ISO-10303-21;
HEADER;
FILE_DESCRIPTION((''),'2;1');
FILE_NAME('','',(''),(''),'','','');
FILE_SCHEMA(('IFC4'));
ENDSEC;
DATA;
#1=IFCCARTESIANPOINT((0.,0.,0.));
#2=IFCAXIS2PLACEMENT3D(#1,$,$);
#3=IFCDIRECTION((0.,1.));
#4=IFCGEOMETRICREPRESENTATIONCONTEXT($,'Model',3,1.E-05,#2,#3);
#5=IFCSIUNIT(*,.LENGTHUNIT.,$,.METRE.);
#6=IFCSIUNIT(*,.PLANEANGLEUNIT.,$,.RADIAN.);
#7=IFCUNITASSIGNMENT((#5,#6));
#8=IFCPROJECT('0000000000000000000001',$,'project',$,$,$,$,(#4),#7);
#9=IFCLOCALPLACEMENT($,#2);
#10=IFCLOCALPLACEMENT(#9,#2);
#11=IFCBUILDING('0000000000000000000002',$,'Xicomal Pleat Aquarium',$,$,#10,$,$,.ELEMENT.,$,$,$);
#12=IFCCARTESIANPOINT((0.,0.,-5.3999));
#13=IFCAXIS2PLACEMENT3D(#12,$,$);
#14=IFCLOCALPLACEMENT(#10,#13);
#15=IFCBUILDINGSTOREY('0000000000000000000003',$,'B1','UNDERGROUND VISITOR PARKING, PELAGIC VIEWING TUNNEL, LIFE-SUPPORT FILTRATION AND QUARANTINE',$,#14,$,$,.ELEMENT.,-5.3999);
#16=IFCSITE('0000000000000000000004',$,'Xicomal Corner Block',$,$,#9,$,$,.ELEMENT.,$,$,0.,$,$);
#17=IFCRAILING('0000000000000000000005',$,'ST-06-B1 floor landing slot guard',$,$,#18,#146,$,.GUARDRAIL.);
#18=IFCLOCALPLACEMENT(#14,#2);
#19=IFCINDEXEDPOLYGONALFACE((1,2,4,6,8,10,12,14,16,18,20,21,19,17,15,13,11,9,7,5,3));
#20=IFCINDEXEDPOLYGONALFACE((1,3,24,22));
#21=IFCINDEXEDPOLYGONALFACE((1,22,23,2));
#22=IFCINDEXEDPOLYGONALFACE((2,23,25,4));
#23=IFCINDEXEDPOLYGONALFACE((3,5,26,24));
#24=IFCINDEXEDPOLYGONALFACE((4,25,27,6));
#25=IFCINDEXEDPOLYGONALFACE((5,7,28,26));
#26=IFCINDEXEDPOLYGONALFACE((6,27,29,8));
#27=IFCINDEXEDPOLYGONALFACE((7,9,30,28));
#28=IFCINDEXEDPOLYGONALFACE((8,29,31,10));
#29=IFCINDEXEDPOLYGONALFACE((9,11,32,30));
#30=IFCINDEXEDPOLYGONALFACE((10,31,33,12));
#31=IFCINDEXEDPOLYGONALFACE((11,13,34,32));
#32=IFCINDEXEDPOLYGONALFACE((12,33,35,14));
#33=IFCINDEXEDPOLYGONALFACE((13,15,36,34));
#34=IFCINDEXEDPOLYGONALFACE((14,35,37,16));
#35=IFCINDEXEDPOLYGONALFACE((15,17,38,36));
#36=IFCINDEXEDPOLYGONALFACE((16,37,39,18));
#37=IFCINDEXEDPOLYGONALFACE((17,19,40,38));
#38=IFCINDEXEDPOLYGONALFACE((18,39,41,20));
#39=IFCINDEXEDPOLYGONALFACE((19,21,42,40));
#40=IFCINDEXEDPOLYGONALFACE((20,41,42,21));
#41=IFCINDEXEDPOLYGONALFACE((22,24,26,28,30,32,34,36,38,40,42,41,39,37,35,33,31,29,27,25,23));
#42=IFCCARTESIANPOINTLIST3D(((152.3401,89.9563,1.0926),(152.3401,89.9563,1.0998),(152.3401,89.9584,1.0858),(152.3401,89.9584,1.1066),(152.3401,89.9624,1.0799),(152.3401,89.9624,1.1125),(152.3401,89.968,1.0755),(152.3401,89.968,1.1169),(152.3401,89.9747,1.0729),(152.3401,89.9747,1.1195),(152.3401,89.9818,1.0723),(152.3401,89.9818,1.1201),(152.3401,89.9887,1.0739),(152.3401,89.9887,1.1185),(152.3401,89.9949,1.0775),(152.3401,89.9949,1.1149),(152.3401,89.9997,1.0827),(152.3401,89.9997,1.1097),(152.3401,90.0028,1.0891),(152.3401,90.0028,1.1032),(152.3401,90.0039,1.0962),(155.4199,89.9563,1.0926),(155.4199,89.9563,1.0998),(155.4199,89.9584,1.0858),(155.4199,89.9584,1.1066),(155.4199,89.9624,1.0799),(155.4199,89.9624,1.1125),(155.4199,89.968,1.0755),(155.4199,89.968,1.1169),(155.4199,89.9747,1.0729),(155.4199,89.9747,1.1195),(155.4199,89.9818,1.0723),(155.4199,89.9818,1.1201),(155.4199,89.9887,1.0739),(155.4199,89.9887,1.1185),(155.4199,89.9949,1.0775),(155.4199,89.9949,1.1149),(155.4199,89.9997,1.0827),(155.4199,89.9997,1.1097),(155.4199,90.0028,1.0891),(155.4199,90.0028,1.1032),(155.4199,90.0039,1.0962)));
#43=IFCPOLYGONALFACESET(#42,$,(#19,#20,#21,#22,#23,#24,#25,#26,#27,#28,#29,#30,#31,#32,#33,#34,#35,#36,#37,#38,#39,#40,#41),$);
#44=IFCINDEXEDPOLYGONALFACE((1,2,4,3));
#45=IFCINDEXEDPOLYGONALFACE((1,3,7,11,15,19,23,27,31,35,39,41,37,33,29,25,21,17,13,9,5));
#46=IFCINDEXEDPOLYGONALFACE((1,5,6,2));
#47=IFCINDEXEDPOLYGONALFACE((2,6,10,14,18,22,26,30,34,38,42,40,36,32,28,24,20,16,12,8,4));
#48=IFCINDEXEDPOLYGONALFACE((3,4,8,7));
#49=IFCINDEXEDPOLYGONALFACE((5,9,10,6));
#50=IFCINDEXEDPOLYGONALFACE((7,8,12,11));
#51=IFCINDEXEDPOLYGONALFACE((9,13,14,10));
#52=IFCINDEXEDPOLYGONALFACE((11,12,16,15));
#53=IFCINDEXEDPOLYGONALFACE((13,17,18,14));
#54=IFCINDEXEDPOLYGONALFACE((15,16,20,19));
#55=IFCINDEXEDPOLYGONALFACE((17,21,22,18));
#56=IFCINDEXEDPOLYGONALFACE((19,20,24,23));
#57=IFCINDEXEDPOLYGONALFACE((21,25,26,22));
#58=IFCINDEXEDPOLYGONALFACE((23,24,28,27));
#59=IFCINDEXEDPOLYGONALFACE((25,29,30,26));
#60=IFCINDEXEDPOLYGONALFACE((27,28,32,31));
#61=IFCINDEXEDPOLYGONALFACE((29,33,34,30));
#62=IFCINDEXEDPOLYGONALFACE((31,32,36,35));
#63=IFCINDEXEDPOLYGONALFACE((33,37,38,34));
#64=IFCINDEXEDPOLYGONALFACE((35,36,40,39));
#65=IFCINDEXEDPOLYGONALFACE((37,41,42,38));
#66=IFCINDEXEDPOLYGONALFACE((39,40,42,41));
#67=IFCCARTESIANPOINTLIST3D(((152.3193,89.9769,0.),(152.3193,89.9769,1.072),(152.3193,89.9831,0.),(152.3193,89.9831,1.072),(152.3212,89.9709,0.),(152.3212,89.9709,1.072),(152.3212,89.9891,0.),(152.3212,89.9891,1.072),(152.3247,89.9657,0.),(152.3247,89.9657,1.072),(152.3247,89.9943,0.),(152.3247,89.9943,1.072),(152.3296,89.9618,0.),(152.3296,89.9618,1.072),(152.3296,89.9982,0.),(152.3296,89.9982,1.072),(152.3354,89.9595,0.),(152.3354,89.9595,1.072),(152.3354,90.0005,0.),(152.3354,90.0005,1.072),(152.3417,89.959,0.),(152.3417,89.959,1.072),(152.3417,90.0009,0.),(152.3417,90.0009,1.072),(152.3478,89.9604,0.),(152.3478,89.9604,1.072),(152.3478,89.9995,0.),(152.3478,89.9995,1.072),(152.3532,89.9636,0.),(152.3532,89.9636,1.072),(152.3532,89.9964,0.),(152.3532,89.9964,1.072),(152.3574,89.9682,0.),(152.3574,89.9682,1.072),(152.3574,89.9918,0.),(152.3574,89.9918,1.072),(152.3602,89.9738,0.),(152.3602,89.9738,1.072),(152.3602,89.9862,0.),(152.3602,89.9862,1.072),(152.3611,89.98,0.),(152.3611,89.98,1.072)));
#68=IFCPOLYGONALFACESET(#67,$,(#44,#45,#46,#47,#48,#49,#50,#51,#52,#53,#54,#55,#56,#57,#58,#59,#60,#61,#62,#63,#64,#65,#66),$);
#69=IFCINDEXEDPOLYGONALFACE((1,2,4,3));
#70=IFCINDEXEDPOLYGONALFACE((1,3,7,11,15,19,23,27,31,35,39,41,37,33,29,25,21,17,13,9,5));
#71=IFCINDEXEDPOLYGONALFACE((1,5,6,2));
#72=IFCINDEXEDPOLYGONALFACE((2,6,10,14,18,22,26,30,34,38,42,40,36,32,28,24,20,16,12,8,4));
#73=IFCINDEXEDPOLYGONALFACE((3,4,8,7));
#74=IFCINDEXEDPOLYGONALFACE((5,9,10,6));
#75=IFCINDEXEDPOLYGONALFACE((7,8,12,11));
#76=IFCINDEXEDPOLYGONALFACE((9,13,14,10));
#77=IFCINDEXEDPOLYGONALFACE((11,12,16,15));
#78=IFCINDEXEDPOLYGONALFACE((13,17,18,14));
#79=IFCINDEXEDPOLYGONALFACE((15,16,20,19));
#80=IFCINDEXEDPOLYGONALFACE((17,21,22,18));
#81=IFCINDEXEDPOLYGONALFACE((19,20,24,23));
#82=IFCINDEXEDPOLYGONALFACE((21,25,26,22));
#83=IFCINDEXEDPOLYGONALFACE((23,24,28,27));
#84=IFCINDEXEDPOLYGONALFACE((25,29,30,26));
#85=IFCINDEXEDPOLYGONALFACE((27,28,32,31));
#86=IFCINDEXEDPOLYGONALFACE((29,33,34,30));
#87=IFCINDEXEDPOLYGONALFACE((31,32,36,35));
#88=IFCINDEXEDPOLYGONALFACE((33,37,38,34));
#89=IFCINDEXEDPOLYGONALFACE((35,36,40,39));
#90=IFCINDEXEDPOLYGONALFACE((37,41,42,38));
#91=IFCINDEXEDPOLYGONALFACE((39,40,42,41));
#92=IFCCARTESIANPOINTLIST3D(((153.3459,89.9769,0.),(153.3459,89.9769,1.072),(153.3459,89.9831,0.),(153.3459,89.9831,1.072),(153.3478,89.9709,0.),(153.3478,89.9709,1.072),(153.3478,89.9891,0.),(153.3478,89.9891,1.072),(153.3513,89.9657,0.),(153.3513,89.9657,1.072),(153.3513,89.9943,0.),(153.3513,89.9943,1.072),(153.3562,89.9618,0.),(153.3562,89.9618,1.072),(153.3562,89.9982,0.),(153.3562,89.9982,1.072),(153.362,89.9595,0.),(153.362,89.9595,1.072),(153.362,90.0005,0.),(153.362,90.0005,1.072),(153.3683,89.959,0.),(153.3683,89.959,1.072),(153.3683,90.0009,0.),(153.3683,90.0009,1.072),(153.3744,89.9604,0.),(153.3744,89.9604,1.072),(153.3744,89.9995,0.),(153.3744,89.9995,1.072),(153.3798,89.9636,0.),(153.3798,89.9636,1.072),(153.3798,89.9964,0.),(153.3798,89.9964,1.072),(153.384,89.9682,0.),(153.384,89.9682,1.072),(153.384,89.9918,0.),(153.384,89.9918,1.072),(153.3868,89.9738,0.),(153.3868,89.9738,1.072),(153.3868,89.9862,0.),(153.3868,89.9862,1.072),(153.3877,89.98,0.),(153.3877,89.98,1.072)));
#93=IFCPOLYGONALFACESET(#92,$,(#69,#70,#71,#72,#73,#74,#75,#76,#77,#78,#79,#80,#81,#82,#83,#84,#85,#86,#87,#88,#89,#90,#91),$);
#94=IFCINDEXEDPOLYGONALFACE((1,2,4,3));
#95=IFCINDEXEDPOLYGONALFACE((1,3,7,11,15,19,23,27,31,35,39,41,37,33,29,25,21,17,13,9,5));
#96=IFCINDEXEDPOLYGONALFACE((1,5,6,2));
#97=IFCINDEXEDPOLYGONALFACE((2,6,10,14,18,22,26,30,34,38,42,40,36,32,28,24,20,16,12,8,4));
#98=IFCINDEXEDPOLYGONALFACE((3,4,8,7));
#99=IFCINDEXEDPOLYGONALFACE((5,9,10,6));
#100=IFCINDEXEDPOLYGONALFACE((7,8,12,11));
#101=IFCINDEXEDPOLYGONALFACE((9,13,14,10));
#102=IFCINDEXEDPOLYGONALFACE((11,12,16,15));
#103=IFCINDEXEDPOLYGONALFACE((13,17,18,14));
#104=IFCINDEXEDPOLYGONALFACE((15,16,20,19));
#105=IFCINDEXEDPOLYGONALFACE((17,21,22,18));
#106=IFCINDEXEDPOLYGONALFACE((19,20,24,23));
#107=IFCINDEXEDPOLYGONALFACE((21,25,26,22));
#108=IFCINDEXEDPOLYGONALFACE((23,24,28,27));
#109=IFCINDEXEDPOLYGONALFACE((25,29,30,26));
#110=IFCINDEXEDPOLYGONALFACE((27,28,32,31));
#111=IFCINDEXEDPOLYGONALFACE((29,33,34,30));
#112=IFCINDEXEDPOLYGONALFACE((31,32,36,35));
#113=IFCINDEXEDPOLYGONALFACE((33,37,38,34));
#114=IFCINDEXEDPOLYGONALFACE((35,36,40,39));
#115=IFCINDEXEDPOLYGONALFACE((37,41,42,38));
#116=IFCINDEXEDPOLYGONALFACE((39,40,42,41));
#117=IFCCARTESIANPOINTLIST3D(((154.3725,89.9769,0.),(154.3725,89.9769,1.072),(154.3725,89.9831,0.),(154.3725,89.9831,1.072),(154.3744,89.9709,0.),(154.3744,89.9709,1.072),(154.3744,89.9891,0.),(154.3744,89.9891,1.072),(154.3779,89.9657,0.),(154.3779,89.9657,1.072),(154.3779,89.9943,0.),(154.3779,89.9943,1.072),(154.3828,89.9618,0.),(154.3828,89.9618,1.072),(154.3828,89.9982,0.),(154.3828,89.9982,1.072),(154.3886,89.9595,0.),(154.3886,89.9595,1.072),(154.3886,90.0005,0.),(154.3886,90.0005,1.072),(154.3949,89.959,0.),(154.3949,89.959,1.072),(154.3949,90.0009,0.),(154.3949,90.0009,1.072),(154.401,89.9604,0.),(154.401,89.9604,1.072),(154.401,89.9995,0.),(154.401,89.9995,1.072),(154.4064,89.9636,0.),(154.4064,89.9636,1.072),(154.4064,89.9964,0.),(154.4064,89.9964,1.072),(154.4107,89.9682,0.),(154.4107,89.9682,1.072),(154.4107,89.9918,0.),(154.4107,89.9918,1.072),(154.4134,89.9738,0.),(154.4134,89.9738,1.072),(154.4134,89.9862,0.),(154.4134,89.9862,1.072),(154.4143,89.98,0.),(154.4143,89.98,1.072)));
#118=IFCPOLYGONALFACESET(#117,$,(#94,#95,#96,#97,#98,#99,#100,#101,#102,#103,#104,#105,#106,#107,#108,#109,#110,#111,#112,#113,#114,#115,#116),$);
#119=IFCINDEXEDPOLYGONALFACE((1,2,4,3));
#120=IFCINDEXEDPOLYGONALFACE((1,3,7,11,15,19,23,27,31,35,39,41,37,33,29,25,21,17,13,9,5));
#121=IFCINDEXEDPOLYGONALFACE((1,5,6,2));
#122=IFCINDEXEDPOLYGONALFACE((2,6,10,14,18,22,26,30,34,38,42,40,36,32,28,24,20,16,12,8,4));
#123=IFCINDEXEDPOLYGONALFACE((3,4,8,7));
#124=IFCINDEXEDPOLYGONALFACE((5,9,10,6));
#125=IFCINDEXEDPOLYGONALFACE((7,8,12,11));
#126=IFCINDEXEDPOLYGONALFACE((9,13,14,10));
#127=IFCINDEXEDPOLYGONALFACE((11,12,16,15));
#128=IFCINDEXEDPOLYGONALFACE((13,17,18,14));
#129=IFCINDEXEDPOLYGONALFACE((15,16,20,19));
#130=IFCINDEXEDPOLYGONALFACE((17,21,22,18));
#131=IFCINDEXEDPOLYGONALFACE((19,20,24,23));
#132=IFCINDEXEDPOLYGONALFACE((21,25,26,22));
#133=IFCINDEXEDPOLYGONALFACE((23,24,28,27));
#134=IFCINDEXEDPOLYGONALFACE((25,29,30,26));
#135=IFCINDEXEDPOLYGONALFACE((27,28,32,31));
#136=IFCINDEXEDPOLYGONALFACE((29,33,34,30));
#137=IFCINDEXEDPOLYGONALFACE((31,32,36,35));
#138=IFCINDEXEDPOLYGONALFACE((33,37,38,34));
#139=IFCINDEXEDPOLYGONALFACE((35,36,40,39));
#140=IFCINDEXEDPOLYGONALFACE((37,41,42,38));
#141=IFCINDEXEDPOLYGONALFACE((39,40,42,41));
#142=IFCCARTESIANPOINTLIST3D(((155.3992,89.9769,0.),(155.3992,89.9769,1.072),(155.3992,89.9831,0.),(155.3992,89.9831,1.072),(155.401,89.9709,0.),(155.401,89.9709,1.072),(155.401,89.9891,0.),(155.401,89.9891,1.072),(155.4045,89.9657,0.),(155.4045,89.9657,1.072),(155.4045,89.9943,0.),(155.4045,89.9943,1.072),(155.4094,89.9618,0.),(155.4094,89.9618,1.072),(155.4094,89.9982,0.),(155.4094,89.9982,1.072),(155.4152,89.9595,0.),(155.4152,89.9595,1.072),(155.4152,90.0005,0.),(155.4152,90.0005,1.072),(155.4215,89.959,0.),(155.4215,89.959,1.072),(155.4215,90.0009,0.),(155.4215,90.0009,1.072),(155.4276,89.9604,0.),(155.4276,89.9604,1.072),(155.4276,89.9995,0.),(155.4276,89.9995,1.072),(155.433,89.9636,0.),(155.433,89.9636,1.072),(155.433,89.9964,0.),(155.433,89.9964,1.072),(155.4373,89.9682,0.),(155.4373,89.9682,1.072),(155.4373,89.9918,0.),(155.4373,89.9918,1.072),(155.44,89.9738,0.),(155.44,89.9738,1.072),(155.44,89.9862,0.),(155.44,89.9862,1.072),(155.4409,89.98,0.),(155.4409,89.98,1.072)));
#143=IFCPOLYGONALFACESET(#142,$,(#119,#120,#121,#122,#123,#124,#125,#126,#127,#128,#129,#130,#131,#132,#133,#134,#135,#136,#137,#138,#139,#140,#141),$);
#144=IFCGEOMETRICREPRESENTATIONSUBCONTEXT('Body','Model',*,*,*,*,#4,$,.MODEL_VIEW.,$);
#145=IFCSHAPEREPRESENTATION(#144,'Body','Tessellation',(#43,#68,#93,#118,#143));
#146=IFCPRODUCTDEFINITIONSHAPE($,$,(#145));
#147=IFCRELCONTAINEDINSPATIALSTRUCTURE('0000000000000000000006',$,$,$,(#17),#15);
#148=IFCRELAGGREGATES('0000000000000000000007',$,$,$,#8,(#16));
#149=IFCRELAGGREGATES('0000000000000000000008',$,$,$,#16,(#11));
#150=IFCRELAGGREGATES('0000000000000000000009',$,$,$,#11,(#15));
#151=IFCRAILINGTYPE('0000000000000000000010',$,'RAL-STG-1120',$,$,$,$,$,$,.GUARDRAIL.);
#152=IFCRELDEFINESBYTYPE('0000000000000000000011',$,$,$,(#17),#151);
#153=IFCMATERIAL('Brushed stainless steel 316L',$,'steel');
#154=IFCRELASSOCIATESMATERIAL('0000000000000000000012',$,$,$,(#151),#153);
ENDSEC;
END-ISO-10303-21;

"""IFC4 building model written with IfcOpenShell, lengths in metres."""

from ifc_helpers import new_model, si_unit, direction, frame, origin, origin_2d, place, context, subcontext, project, spatial, circle, extrude, material, type_object, element, save


model = new_model("IFC4")

# Units and contexts
model_context = context("Model", 3, precision=1e-05, world=origin(), true_north=direction((0.0, 1.0)))
body_context = subcontext(model_context, "Body", "Model", "MODEL_VIEW")
ifc_project = project(units=[si_unit("LENGTHUNIT", "METRE"), si_unit("PLANEANGLEUNIT", "RADIAN")], contexts=[model_context])

# Site, building, storey
site_placement = place(None, origin())
site = spatial("IfcSite", under=ifc_project, at=site_placement, Name="Xicomal Corner Block", CompositionType="ELEMENT", RefElevation=0.0)
building_placement = place(site_placement, origin())
building = spatial("IfcBuilding", under=site, at=building_placement, Name="Xicomal Pleat Aquarium", CompositionType="ELEMENT")
storey_placement = place(building_placement, frame((0.0, 0.0, -5.3999)))
storey = spatial("IfcBuildingStorey", under=building, at=storey_placement, Name="B1", Description="UNDERGROUND VISITOR PARKING, PELAGIC VIEWING TUNNEL, LIFE-SUPPORT FILTRATION AND QUARANTINE", CompositionType="ELEMENT", Elevation=-5.3999)

# Railing
ifc_material_1 = material(Name="Brushed stainless steel 316L", Category="steel")
railing_type = type_object("IfcRailingType", Name="RAL-STG-1120", PredefinedType="GUARDRAIL", material=ifc_material_1)
railing_placement = place(storey_placement, frame((152.3401, 89.98, 0.0)))
element("IfcRailing", 1, at=railing_placement, inside=storey, type_object=railing_type, Name="ST-06-B1 floor landing slot guard", PredefinedType="GUARDRAIL", context=body_context, shape_type="SweptSolid", body=[
    extrude(circle(Radius=0.0239, at=origin_2d()), frame((0.0, 0.0, 1.0962), z_axis=(1.0, 0.0, 0.0), x_axis=(0.0, 1.0, 0.0)), (0.0, 0.0, 1.0), 3.0798),
    extrude(circle(Radius=0.021, at=origin_2d()), origin(), (0.0, 0.0, 1.0), 1.072),
    extrude(circle(Radius=0.021, at=origin_2d()), frame((1.0266, 0.0, 0.0)), (0.0, 0.0, 1.0), 1.072),
    extrude(circle(Radius=0.021, at=origin_2d()), frame((2.0532, 0.0, 0.0)), (0.0, 0.0, 1.0), 1.072),
    extrude(circle(Radius=0.021, at=origin_2d()), frame((3.0798, 0.0, 0.0)), (0.0, 0.0, 1.0), 1.072),
])

save(model, "model.ifc")
